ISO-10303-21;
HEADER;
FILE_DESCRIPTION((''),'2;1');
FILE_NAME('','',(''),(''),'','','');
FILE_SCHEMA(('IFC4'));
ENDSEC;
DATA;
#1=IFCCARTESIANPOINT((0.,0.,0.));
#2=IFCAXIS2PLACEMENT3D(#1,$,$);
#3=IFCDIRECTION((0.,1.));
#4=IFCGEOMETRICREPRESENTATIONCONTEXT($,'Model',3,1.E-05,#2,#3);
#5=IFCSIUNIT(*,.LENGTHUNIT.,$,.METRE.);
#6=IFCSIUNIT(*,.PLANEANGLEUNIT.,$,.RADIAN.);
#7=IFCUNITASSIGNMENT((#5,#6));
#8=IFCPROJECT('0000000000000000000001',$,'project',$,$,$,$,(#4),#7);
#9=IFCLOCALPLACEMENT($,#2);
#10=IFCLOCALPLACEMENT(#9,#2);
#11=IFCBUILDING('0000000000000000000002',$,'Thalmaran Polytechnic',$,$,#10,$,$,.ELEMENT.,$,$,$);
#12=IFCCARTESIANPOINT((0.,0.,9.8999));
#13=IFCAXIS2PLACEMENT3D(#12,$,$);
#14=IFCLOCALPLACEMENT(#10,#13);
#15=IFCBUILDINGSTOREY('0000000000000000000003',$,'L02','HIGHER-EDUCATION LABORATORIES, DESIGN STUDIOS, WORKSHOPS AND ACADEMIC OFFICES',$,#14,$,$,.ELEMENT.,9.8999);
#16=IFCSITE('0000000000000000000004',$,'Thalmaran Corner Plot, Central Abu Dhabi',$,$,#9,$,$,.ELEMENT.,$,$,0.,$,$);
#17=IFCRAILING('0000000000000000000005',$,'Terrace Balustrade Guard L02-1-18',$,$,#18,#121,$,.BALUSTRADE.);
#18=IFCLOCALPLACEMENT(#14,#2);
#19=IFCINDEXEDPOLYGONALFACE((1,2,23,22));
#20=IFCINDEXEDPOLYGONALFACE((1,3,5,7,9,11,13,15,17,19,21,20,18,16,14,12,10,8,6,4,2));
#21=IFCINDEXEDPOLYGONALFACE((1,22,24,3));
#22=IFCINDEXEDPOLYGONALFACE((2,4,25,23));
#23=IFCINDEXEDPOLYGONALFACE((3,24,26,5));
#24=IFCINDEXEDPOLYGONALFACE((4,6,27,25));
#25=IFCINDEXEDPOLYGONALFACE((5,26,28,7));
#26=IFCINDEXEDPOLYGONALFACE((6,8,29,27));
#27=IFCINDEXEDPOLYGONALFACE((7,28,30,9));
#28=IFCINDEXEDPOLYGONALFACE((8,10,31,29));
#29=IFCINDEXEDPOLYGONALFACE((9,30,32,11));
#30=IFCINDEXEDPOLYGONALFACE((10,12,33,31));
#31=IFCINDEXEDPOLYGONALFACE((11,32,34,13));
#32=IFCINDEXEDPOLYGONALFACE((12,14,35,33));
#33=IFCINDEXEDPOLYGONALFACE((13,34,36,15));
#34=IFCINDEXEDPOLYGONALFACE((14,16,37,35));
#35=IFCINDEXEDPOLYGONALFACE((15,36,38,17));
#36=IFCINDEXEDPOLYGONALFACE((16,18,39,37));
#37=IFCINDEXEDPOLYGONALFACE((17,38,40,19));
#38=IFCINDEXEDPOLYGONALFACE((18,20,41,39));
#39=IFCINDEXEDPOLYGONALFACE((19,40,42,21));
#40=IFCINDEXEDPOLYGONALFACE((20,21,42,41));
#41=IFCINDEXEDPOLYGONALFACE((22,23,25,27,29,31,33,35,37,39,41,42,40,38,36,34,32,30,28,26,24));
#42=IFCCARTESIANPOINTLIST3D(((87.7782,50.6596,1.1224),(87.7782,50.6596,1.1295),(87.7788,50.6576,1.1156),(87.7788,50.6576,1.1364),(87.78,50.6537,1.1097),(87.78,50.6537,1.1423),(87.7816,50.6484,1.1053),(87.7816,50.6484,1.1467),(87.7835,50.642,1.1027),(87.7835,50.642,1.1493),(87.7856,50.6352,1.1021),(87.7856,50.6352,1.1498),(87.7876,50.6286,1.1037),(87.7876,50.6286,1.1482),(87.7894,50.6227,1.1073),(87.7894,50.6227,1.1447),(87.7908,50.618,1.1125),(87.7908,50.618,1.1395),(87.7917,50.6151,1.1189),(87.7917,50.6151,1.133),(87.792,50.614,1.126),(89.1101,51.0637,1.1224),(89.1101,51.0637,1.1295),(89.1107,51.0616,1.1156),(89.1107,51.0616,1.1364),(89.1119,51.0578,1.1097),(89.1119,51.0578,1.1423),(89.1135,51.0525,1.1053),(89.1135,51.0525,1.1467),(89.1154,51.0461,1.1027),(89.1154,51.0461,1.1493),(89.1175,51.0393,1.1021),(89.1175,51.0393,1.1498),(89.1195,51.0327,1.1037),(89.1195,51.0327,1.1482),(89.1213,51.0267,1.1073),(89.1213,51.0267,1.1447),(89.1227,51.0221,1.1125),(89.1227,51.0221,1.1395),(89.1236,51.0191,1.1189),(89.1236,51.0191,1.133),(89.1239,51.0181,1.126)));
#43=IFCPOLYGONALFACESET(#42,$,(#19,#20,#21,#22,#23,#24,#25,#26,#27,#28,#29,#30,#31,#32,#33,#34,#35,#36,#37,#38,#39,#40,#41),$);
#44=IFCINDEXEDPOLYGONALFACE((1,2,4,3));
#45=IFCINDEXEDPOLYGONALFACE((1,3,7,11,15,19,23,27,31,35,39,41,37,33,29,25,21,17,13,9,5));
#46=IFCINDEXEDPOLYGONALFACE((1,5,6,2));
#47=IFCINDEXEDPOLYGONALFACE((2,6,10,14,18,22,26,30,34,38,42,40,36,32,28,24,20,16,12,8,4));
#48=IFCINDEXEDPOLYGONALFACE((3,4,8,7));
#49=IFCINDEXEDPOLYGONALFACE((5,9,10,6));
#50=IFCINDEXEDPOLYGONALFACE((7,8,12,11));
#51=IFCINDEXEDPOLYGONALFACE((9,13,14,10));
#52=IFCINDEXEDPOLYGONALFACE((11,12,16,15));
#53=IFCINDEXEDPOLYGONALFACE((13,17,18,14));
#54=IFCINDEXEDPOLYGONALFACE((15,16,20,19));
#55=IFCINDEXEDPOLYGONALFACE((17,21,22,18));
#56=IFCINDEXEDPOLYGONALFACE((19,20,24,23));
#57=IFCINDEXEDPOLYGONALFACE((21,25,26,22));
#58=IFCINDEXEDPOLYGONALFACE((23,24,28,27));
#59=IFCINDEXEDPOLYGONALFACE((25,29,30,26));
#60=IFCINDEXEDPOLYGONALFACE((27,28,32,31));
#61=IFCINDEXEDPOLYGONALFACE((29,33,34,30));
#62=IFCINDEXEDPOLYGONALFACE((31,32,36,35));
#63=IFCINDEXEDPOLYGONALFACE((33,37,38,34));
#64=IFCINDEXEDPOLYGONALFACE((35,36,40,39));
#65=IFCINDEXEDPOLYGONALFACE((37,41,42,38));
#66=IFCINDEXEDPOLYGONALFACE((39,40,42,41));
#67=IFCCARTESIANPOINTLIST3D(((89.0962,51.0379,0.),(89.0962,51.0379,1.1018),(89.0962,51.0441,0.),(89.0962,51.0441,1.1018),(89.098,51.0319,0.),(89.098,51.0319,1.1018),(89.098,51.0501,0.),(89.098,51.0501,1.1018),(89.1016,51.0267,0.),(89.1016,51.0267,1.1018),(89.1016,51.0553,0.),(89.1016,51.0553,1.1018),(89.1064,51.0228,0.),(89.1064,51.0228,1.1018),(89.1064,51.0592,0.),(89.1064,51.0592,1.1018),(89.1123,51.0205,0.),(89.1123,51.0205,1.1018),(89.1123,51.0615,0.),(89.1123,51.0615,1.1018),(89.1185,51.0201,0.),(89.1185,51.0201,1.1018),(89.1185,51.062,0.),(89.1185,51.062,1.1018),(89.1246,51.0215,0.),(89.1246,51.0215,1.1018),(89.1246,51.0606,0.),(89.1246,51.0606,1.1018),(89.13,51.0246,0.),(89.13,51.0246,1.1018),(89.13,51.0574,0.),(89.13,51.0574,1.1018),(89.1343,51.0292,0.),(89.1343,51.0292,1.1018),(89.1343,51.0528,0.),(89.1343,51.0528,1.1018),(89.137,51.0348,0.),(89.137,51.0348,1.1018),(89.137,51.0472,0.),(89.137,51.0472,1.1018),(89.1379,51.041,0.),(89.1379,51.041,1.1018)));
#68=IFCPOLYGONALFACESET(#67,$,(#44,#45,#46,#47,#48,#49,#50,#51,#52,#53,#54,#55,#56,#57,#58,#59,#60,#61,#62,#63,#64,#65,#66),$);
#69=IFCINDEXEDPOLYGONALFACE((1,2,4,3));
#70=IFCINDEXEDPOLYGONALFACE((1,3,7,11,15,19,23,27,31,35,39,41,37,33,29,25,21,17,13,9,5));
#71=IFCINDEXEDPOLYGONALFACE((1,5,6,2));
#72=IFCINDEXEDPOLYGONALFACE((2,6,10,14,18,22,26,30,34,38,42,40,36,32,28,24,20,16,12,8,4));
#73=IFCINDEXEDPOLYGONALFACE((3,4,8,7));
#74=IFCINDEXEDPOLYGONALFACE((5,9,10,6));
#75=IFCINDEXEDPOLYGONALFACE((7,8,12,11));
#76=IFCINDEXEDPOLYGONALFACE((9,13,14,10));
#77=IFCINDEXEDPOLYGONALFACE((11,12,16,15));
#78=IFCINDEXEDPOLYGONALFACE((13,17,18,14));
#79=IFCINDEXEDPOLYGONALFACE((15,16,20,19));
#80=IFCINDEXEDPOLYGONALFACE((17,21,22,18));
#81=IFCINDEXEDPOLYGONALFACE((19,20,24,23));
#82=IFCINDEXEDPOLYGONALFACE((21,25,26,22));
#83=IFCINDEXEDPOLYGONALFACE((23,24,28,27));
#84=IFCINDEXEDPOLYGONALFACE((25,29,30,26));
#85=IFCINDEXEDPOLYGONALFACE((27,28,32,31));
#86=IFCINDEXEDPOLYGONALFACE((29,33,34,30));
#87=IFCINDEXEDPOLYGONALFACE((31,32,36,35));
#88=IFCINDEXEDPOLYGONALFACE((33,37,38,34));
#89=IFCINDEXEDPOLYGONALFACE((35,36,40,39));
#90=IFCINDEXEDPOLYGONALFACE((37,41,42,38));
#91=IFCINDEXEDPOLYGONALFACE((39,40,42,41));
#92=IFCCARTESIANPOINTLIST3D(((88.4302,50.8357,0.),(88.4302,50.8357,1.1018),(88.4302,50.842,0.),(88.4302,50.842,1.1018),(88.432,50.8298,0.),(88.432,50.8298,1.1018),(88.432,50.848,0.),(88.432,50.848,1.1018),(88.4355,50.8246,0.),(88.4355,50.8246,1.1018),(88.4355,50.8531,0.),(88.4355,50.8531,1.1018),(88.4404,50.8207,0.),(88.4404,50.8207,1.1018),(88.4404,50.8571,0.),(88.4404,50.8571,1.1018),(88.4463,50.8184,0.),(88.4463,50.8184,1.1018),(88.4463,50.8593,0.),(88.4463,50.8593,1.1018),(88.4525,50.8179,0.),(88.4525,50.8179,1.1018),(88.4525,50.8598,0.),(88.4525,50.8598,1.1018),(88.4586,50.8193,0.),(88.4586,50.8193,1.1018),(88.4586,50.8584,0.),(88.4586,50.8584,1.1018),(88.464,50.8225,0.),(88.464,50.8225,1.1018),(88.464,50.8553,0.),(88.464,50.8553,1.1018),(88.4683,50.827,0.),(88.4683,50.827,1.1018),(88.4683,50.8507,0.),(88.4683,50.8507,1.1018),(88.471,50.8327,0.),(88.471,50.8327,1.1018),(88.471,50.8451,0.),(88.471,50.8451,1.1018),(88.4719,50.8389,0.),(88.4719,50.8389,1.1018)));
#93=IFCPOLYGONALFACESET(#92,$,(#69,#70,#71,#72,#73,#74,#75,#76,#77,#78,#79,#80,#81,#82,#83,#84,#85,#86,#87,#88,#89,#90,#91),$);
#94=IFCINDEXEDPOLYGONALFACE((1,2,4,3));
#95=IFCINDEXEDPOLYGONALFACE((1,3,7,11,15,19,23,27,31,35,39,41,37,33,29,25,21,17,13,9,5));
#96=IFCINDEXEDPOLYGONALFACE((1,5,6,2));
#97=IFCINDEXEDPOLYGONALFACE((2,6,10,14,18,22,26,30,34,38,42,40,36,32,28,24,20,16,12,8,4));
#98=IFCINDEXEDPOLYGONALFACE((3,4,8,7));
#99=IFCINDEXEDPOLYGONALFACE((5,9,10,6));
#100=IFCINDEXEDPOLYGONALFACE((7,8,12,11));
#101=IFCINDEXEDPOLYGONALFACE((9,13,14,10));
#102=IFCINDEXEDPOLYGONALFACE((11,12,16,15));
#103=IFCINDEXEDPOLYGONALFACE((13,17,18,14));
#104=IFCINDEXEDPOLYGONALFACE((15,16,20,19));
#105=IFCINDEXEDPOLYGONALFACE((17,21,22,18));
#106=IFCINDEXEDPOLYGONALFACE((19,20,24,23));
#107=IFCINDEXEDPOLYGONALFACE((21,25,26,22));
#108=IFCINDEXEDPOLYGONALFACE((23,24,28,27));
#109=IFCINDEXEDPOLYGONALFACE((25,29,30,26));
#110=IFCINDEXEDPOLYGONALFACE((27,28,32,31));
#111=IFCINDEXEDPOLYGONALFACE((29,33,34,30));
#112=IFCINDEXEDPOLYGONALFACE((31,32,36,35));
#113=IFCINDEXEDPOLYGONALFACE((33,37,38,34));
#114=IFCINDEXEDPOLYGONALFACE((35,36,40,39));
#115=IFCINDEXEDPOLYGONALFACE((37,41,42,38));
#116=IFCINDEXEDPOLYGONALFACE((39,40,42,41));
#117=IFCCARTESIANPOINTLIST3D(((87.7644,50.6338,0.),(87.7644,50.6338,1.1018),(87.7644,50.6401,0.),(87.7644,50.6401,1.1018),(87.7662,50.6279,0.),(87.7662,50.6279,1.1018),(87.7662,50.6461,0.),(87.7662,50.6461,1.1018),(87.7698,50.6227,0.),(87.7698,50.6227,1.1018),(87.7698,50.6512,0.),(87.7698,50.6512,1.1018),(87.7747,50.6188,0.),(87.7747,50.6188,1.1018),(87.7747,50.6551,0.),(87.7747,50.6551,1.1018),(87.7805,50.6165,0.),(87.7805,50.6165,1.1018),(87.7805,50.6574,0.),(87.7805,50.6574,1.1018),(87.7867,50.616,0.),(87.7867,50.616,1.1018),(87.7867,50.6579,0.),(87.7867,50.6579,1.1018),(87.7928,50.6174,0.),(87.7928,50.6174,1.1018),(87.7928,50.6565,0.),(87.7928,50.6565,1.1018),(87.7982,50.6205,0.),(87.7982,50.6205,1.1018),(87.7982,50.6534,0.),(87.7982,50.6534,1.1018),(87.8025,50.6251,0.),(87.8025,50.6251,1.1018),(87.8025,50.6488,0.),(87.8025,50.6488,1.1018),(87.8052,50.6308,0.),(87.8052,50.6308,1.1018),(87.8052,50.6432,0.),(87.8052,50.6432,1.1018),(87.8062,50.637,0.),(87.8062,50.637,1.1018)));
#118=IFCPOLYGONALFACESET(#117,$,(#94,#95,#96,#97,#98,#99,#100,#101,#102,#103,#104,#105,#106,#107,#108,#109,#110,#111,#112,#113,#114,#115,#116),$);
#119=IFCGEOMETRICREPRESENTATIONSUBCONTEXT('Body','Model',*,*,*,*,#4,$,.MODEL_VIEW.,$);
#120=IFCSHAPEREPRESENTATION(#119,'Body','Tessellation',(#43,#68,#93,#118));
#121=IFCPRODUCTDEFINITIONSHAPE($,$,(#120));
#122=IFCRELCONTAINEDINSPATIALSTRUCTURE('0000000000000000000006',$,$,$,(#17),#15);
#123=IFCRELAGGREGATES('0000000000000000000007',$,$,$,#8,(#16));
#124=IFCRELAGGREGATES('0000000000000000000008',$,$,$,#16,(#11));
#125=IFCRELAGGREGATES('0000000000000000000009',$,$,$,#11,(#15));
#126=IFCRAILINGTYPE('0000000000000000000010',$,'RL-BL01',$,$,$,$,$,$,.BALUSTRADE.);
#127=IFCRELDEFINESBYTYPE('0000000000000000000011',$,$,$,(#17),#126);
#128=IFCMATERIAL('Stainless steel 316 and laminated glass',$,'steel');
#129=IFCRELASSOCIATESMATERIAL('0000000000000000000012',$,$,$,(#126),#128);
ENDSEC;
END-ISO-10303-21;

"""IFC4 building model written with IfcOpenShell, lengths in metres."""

from ifc_helpers import new_model, si_unit, direction, frame, origin, origin_2d, place, context, subcontext, project, spatial, circle, extrude, material, type_object, element, save


model = new_model("IFC4")

# Units and contexts
model_context = context("Model", 3, precision=1e-05, world=origin(), true_north=direction((0.0, 1.0)))
body_context = subcontext(model_context, "Body", "Model", "MODEL_VIEW")
ifc_project = project(units=[si_unit("LENGTHUNIT", "METRE"), si_unit("PLANEANGLEUNIT", "RADIAN")], contexts=[model_context])

# Site, building, storey
site_placement = place(None, origin())
site = spatial("IfcSite", under=ifc_project, at=site_placement, Name="Thalmaran Corner Plot, Central Abu Dhabi", CompositionType="ELEMENT", RefElevation=0.0)
building_placement = place(site_placement, origin())
building = spatial("IfcBuilding", under=site, at=building_placement, Name="Thalmaran Polytechnic", CompositionType="ELEMENT")
storey_placement = place(building_placement, frame((0.0, 0.0, 9.8999)))
storey = spatial("IfcBuildingStorey", under=building, at=storey_placement, Name="L02", Description="HIGHER-EDUCATION LABORATORIES, DESIGN STUDIOS, WORKSHOPS AND ACADEMIC OFFICES", CompositionType="ELEMENT", Elevation=9.8999)

# Railing
ifc_material = material(Name="Stainless steel 316 and laminated glass", Category="steel")
railing_type = type_object("IfcRailingType", Name="RL-BL01", PredefinedType="BALUSTRADE", material=ifc_material)
railing_1_placement = place(storey_placement, frame((89.1169, 51.041, 0.0)))
element("IfcRailing", 1, at=railing_1_placement, inside=storey, type_object=railing_type, Name="Terrace Balustrade Guard L02-1-18", PredefinedType="BALUSTRADE", context=body_context, shape_type="SweptSolid", body=[
    extrude(circle(Radius=0.0239, at=origin_2d()), frame((0.0, 0.0, 1.126), z_axis=(-0.956928, -0.290324, 0.0), x_axis=(0.290324, -0.956928, 0.0)), (0.0, 0.0, 1.0), 1.3918),
    extrude(circle(Radius=0.021, at=origin_2d()), origin(), (0.0, 0.0, 1.0), 1.1018),
    extrude(circle(Radius=0.021, at=origin_2d()), frame((-0.666, -0.2021, 0.0)), (0.0, 0.0, 1.0), 1.1018),
    extrude(circle(Radius=0.021, at=origin_2d()), frame((-1.3318, -0.4041, 0.0)), (0.0, 0.0, 1.0), 1.1018),
])

save(model, "model.ifc")
